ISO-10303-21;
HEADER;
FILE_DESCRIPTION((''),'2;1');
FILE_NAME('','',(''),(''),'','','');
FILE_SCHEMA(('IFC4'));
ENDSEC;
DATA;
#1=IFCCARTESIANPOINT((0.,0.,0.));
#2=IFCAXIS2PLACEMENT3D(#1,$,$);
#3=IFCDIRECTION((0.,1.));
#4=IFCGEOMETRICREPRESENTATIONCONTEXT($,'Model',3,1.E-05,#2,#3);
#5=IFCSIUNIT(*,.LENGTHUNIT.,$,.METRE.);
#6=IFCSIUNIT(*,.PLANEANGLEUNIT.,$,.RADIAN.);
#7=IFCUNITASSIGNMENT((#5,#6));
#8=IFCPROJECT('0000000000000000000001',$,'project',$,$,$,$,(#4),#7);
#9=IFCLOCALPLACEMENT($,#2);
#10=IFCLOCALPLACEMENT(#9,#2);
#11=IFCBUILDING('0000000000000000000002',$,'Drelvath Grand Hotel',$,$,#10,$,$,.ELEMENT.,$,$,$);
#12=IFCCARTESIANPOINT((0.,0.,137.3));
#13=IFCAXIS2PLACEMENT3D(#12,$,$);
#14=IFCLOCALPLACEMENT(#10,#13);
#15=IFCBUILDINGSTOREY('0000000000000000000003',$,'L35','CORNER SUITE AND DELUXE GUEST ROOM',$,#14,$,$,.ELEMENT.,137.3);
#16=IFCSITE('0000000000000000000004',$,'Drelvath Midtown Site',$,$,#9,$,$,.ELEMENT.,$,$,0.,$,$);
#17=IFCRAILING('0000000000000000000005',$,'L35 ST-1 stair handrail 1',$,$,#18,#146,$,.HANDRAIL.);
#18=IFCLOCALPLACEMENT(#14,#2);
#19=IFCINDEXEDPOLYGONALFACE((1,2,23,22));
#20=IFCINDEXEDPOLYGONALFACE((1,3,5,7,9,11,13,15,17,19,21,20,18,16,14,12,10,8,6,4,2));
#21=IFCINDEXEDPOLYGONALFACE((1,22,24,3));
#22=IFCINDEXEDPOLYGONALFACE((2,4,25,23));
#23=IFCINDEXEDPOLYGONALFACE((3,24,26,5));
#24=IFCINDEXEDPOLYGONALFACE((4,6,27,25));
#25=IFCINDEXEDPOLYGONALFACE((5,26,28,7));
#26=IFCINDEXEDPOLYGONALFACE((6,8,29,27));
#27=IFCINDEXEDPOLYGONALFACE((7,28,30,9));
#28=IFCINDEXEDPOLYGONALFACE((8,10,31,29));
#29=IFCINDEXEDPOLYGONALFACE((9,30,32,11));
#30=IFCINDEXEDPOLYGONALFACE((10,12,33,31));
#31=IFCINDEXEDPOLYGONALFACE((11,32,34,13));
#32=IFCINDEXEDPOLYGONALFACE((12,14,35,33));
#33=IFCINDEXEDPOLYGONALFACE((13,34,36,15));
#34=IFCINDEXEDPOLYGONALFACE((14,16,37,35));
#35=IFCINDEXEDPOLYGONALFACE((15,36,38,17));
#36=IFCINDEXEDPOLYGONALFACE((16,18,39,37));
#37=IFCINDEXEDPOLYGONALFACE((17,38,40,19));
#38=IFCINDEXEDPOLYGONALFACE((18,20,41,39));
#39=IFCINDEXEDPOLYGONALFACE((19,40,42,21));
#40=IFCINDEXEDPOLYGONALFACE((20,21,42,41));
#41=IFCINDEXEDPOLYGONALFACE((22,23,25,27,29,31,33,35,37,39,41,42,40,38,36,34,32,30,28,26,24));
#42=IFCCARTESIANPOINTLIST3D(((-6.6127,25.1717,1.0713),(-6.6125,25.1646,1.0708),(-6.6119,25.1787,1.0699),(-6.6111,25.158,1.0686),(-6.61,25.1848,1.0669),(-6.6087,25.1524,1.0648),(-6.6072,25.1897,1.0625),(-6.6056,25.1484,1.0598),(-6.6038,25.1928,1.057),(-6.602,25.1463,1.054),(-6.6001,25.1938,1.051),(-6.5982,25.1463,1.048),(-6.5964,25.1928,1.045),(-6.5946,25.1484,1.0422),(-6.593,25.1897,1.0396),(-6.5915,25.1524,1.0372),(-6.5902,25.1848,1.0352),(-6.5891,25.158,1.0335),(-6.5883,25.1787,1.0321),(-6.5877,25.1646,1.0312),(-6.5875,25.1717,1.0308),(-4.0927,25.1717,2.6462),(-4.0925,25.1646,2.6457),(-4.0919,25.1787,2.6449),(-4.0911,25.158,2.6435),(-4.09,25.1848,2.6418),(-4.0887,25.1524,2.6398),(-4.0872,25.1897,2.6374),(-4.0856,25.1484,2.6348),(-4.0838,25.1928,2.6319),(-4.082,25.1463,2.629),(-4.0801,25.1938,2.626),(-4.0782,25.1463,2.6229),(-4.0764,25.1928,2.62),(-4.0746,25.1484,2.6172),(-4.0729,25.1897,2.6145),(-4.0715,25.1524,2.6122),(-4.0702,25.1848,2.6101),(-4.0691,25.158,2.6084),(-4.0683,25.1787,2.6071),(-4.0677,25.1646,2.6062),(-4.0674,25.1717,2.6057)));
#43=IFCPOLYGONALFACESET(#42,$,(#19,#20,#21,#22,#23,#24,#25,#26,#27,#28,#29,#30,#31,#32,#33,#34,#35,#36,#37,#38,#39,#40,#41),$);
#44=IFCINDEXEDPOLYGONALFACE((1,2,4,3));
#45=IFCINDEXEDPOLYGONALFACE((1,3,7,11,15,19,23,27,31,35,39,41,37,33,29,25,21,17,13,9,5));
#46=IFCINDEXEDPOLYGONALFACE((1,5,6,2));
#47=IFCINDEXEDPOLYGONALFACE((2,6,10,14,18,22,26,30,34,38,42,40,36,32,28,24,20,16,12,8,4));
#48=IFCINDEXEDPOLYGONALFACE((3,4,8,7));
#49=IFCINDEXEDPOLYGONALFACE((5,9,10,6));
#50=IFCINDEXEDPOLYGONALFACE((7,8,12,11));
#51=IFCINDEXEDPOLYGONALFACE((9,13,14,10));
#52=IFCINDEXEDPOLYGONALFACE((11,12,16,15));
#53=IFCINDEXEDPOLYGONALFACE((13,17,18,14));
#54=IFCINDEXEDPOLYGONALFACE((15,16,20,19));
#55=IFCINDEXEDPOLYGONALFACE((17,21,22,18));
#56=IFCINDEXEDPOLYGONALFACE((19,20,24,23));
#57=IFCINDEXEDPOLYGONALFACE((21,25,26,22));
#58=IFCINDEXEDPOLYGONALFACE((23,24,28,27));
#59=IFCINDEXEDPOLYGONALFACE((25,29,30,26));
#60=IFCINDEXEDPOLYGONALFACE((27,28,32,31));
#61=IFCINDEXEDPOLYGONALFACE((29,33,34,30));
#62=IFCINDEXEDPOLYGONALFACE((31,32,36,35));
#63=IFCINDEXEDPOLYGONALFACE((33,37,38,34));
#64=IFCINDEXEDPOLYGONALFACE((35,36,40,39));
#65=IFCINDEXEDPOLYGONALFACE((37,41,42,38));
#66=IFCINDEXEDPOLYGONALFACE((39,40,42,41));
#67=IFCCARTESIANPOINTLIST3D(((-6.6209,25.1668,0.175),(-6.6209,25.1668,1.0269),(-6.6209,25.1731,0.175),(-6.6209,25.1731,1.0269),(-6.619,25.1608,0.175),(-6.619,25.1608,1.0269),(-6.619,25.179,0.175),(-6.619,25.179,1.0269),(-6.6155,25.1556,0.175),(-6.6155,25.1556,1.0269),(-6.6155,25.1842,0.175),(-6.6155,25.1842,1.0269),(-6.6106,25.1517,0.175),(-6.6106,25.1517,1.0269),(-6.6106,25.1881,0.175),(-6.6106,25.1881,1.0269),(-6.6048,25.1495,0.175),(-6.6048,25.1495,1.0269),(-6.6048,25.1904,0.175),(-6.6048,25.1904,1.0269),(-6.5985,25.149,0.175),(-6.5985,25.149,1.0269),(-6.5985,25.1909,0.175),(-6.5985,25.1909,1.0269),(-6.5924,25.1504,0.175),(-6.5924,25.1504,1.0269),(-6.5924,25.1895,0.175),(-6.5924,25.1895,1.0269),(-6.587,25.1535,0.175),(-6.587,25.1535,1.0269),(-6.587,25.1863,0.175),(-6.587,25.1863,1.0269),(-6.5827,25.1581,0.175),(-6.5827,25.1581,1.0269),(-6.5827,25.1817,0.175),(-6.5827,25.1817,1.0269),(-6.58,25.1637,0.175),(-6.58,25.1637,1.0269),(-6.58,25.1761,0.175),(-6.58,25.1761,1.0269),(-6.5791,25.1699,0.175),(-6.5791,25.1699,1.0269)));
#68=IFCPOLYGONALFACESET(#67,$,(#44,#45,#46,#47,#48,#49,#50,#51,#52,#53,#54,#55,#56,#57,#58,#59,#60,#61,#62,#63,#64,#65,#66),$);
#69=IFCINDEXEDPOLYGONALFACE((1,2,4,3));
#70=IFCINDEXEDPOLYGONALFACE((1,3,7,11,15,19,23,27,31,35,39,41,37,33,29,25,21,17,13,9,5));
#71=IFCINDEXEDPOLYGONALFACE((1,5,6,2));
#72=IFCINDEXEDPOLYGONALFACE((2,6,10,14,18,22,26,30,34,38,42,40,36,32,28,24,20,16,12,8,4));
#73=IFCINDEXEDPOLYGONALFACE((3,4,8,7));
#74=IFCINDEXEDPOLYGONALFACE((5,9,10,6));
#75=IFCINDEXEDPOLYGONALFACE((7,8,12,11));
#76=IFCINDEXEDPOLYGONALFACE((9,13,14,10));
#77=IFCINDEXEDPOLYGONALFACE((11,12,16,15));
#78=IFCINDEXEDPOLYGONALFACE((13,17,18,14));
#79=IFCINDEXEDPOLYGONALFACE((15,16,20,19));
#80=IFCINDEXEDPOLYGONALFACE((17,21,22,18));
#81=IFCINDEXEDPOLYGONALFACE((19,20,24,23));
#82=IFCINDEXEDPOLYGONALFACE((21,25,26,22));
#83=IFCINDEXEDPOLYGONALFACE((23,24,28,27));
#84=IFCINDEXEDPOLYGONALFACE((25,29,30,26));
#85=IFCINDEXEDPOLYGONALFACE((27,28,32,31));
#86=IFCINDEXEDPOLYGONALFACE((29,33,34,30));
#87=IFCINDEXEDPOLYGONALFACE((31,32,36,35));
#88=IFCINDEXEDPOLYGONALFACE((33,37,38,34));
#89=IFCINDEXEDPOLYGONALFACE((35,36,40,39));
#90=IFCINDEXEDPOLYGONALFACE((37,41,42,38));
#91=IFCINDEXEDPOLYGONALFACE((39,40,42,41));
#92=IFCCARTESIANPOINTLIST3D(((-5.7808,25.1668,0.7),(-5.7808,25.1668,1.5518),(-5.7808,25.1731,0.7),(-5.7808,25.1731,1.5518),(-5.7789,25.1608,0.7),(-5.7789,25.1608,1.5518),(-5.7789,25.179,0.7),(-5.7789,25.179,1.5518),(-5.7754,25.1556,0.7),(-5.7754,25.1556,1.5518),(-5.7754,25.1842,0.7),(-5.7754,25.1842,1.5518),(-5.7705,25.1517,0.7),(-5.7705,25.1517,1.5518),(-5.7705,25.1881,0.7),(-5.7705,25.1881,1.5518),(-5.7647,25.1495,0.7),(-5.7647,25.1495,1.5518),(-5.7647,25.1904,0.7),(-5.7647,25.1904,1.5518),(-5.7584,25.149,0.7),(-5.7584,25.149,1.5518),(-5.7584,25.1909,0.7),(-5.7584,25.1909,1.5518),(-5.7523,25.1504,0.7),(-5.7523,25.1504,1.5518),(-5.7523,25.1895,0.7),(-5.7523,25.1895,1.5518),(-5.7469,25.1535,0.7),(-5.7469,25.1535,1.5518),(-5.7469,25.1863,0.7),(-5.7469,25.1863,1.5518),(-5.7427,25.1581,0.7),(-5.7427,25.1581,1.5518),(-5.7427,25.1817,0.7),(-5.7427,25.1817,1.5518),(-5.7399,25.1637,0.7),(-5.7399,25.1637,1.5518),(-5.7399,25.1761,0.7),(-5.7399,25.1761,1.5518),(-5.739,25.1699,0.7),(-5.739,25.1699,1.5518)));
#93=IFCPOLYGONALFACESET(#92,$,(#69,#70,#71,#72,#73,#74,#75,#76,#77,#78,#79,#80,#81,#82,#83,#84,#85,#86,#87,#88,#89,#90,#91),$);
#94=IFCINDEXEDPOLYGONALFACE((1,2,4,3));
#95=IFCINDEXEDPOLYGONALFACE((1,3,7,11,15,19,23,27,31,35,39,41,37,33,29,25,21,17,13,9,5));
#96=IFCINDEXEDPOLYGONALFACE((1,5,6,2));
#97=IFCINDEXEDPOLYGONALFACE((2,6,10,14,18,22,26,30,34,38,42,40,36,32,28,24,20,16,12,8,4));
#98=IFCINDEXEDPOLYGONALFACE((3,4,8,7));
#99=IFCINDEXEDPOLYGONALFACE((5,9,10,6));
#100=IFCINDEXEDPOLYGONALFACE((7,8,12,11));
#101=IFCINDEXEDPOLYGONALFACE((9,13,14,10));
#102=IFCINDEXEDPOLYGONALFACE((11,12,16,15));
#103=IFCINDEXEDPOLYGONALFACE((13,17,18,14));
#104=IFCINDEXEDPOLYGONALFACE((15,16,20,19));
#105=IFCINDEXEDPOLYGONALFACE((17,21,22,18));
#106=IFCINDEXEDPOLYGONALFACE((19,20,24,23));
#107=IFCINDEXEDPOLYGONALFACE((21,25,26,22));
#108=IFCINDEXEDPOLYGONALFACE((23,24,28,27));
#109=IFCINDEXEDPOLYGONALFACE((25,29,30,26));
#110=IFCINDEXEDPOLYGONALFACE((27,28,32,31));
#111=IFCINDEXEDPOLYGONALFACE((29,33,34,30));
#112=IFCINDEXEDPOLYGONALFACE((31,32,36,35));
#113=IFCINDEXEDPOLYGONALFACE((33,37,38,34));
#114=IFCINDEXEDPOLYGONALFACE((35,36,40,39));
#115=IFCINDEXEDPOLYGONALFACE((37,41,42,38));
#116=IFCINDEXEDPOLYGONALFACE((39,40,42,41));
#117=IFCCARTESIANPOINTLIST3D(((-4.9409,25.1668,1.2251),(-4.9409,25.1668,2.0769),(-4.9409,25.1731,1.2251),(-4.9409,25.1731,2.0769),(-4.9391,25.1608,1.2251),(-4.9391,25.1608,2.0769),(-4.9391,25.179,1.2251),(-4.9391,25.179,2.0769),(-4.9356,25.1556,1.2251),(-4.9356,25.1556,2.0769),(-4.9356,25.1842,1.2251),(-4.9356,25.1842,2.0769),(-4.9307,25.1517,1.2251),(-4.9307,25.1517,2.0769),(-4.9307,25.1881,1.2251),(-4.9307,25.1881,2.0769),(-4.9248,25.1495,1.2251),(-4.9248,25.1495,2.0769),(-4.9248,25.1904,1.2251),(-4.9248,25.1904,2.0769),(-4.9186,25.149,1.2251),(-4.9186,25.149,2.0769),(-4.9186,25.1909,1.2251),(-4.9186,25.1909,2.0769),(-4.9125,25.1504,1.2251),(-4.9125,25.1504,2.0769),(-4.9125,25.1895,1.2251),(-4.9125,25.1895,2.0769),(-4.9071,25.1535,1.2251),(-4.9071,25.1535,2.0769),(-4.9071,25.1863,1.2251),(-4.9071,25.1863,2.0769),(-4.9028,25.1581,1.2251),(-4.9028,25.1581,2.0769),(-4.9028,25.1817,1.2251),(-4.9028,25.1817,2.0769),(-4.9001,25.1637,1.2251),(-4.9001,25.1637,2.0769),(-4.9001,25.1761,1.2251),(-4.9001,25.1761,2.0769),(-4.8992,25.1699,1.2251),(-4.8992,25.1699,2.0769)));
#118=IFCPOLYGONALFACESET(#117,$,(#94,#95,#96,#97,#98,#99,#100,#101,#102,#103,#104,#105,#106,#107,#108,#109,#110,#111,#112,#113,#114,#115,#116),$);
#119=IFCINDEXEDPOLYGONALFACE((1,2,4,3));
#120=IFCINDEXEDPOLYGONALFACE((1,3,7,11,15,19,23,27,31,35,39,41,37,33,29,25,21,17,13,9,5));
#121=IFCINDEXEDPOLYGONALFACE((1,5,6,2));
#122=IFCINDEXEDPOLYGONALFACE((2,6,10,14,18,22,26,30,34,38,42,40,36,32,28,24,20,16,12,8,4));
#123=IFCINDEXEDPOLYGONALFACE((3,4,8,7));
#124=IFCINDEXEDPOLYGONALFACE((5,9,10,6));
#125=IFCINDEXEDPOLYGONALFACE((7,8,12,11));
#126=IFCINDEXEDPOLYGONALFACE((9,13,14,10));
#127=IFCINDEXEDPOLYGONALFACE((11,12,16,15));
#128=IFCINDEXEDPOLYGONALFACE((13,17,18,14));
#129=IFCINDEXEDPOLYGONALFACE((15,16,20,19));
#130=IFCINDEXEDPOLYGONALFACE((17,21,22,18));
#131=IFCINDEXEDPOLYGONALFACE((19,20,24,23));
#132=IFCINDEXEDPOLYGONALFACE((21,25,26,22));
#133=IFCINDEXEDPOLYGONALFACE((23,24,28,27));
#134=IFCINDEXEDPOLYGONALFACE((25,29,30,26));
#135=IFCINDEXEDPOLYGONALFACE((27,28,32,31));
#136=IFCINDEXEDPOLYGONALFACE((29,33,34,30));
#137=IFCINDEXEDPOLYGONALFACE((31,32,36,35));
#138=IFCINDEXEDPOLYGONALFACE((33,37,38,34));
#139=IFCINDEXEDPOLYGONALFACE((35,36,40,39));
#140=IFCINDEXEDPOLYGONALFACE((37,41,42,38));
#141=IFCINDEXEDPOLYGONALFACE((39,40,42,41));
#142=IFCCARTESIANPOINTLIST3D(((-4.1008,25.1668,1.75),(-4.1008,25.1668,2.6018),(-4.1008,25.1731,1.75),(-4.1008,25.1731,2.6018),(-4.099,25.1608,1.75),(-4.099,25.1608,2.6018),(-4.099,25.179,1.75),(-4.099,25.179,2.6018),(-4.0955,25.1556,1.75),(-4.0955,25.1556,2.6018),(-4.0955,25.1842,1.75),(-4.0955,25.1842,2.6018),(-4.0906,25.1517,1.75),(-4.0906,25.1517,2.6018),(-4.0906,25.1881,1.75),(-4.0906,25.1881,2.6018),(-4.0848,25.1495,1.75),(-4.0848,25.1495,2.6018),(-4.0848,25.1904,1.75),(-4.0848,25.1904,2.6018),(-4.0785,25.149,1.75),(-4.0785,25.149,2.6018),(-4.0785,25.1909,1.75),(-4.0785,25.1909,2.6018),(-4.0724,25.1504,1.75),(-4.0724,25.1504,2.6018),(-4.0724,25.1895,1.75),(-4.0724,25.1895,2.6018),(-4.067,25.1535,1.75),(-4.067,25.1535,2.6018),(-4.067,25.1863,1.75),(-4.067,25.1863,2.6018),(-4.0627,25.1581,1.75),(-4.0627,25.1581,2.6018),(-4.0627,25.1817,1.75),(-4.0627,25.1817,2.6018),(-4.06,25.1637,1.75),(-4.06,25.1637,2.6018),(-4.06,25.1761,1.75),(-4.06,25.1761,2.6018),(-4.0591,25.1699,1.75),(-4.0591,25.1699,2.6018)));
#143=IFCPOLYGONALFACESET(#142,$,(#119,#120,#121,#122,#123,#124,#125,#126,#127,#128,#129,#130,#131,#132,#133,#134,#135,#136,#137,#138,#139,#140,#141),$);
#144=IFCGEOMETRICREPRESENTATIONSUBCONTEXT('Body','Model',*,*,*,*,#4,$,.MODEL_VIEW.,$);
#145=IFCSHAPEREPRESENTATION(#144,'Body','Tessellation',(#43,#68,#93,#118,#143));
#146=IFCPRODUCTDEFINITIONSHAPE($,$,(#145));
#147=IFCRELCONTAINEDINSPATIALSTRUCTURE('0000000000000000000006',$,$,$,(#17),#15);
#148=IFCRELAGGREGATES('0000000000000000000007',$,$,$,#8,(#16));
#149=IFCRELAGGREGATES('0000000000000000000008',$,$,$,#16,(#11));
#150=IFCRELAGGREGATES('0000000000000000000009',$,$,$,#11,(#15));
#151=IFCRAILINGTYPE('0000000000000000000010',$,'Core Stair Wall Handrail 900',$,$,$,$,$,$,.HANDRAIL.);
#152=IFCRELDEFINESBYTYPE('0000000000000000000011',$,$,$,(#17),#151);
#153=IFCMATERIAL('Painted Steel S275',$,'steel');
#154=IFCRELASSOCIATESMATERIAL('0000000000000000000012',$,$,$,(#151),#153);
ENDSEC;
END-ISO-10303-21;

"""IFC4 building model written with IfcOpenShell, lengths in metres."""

from ifc_helpers import new_model, si_unit, direction, frame, origin, origin_2d, place, context, subcontext, project, spatial, circle, extrude, material, type_object, element, save


model = new_model("IFC4")

# Units and contexts
model_context = context("Model", 3, precision=1e-05, world=origin(), true_north=direction((0.0, 1.0)))
body_context = subcontext(model_context, "Body", "Model", "MODEL_VIEW")
ifc_project = project(units=[si_unit("LENGTHUNIT", "METRE"), si_unit("PLANEANGLEUNIT", "RADIAN")], contexts=[model_context])

# Site, building, storey
site_placement = place(None, origin())
site = spatial("IfcSite", under=ifc_project, at=site_placement, Name="Drelvath Midtown Site", CompositionType="ELEMENT", RefElevation=0.0)
building_placement = place(site_placement, origin())
building = spatial("IfcBuilding", under=site, at=building_placement, Name="Drelvath Grand Hotel", CompositionType="ELEMENT")
storey_placement = place(building_placement, frame((0.0, 0.0, 137.3)))
storey = spatial("IfcBuildingStorey", under=building, at=storey_placement, Name="L35", Description="CORNER SUITE AND DELUXE GUEST ROOM", CompositionType="ELEMENT", Elevation=137.3)

# Railing
ifc_material_1 = material(Name="Painted Steel S275", Category="steel")
railing_type_1 = type_object("IfcRailingType", Name="Core Stair Wall Handrail 900", PredefinedType="HANDRAIL", material=ifc_material_1)
railing_1_placement = place(storey_placement, frame((-6.6001, 25.1699, 0.175)))
element("IfcRailing", 1, at=railing_1_placement, inside=storey, type_object=railing_type_1, Name="L35 ST-1 stair handrail 1", PredefinedType="HANDRAIL", context=body_context, shape_type="SweptSolid", body=[
    extrude(circle(Radius=0.0239, at=origin_2d()), frame((0.0, 0.0, 0.876), z_axis=(0.848008, 0.0, 0.529984), x_axis=(0.0, 1.0, 0.0)), (0.0, 0.0, 1.0), 2.9717),
    extrude(circle(Radius=0.021, at=origin_2d()), origin(), (0.0, 0.0, 1.0), 0.8518),
    extrude(circle(Radius=0.021, at=origin_2d()), frame((0.8401, 0.0, 0.5249)), (0.0, 0.0, 1.0), 0.8518),
    extrude(circle(Radius=0.021, at=origin_2d()), frame((1.6799, 0.0, 1.05)), (0.0, 0.0, 1.0), 0.8518),
    extrude(circle(Radius=0.021, at=origin_2d()), frame((2.52, 0.0, 1.575)), (0.0, 0.0, 1.0), 0.8518),
])

save(model, "model.ifc")
